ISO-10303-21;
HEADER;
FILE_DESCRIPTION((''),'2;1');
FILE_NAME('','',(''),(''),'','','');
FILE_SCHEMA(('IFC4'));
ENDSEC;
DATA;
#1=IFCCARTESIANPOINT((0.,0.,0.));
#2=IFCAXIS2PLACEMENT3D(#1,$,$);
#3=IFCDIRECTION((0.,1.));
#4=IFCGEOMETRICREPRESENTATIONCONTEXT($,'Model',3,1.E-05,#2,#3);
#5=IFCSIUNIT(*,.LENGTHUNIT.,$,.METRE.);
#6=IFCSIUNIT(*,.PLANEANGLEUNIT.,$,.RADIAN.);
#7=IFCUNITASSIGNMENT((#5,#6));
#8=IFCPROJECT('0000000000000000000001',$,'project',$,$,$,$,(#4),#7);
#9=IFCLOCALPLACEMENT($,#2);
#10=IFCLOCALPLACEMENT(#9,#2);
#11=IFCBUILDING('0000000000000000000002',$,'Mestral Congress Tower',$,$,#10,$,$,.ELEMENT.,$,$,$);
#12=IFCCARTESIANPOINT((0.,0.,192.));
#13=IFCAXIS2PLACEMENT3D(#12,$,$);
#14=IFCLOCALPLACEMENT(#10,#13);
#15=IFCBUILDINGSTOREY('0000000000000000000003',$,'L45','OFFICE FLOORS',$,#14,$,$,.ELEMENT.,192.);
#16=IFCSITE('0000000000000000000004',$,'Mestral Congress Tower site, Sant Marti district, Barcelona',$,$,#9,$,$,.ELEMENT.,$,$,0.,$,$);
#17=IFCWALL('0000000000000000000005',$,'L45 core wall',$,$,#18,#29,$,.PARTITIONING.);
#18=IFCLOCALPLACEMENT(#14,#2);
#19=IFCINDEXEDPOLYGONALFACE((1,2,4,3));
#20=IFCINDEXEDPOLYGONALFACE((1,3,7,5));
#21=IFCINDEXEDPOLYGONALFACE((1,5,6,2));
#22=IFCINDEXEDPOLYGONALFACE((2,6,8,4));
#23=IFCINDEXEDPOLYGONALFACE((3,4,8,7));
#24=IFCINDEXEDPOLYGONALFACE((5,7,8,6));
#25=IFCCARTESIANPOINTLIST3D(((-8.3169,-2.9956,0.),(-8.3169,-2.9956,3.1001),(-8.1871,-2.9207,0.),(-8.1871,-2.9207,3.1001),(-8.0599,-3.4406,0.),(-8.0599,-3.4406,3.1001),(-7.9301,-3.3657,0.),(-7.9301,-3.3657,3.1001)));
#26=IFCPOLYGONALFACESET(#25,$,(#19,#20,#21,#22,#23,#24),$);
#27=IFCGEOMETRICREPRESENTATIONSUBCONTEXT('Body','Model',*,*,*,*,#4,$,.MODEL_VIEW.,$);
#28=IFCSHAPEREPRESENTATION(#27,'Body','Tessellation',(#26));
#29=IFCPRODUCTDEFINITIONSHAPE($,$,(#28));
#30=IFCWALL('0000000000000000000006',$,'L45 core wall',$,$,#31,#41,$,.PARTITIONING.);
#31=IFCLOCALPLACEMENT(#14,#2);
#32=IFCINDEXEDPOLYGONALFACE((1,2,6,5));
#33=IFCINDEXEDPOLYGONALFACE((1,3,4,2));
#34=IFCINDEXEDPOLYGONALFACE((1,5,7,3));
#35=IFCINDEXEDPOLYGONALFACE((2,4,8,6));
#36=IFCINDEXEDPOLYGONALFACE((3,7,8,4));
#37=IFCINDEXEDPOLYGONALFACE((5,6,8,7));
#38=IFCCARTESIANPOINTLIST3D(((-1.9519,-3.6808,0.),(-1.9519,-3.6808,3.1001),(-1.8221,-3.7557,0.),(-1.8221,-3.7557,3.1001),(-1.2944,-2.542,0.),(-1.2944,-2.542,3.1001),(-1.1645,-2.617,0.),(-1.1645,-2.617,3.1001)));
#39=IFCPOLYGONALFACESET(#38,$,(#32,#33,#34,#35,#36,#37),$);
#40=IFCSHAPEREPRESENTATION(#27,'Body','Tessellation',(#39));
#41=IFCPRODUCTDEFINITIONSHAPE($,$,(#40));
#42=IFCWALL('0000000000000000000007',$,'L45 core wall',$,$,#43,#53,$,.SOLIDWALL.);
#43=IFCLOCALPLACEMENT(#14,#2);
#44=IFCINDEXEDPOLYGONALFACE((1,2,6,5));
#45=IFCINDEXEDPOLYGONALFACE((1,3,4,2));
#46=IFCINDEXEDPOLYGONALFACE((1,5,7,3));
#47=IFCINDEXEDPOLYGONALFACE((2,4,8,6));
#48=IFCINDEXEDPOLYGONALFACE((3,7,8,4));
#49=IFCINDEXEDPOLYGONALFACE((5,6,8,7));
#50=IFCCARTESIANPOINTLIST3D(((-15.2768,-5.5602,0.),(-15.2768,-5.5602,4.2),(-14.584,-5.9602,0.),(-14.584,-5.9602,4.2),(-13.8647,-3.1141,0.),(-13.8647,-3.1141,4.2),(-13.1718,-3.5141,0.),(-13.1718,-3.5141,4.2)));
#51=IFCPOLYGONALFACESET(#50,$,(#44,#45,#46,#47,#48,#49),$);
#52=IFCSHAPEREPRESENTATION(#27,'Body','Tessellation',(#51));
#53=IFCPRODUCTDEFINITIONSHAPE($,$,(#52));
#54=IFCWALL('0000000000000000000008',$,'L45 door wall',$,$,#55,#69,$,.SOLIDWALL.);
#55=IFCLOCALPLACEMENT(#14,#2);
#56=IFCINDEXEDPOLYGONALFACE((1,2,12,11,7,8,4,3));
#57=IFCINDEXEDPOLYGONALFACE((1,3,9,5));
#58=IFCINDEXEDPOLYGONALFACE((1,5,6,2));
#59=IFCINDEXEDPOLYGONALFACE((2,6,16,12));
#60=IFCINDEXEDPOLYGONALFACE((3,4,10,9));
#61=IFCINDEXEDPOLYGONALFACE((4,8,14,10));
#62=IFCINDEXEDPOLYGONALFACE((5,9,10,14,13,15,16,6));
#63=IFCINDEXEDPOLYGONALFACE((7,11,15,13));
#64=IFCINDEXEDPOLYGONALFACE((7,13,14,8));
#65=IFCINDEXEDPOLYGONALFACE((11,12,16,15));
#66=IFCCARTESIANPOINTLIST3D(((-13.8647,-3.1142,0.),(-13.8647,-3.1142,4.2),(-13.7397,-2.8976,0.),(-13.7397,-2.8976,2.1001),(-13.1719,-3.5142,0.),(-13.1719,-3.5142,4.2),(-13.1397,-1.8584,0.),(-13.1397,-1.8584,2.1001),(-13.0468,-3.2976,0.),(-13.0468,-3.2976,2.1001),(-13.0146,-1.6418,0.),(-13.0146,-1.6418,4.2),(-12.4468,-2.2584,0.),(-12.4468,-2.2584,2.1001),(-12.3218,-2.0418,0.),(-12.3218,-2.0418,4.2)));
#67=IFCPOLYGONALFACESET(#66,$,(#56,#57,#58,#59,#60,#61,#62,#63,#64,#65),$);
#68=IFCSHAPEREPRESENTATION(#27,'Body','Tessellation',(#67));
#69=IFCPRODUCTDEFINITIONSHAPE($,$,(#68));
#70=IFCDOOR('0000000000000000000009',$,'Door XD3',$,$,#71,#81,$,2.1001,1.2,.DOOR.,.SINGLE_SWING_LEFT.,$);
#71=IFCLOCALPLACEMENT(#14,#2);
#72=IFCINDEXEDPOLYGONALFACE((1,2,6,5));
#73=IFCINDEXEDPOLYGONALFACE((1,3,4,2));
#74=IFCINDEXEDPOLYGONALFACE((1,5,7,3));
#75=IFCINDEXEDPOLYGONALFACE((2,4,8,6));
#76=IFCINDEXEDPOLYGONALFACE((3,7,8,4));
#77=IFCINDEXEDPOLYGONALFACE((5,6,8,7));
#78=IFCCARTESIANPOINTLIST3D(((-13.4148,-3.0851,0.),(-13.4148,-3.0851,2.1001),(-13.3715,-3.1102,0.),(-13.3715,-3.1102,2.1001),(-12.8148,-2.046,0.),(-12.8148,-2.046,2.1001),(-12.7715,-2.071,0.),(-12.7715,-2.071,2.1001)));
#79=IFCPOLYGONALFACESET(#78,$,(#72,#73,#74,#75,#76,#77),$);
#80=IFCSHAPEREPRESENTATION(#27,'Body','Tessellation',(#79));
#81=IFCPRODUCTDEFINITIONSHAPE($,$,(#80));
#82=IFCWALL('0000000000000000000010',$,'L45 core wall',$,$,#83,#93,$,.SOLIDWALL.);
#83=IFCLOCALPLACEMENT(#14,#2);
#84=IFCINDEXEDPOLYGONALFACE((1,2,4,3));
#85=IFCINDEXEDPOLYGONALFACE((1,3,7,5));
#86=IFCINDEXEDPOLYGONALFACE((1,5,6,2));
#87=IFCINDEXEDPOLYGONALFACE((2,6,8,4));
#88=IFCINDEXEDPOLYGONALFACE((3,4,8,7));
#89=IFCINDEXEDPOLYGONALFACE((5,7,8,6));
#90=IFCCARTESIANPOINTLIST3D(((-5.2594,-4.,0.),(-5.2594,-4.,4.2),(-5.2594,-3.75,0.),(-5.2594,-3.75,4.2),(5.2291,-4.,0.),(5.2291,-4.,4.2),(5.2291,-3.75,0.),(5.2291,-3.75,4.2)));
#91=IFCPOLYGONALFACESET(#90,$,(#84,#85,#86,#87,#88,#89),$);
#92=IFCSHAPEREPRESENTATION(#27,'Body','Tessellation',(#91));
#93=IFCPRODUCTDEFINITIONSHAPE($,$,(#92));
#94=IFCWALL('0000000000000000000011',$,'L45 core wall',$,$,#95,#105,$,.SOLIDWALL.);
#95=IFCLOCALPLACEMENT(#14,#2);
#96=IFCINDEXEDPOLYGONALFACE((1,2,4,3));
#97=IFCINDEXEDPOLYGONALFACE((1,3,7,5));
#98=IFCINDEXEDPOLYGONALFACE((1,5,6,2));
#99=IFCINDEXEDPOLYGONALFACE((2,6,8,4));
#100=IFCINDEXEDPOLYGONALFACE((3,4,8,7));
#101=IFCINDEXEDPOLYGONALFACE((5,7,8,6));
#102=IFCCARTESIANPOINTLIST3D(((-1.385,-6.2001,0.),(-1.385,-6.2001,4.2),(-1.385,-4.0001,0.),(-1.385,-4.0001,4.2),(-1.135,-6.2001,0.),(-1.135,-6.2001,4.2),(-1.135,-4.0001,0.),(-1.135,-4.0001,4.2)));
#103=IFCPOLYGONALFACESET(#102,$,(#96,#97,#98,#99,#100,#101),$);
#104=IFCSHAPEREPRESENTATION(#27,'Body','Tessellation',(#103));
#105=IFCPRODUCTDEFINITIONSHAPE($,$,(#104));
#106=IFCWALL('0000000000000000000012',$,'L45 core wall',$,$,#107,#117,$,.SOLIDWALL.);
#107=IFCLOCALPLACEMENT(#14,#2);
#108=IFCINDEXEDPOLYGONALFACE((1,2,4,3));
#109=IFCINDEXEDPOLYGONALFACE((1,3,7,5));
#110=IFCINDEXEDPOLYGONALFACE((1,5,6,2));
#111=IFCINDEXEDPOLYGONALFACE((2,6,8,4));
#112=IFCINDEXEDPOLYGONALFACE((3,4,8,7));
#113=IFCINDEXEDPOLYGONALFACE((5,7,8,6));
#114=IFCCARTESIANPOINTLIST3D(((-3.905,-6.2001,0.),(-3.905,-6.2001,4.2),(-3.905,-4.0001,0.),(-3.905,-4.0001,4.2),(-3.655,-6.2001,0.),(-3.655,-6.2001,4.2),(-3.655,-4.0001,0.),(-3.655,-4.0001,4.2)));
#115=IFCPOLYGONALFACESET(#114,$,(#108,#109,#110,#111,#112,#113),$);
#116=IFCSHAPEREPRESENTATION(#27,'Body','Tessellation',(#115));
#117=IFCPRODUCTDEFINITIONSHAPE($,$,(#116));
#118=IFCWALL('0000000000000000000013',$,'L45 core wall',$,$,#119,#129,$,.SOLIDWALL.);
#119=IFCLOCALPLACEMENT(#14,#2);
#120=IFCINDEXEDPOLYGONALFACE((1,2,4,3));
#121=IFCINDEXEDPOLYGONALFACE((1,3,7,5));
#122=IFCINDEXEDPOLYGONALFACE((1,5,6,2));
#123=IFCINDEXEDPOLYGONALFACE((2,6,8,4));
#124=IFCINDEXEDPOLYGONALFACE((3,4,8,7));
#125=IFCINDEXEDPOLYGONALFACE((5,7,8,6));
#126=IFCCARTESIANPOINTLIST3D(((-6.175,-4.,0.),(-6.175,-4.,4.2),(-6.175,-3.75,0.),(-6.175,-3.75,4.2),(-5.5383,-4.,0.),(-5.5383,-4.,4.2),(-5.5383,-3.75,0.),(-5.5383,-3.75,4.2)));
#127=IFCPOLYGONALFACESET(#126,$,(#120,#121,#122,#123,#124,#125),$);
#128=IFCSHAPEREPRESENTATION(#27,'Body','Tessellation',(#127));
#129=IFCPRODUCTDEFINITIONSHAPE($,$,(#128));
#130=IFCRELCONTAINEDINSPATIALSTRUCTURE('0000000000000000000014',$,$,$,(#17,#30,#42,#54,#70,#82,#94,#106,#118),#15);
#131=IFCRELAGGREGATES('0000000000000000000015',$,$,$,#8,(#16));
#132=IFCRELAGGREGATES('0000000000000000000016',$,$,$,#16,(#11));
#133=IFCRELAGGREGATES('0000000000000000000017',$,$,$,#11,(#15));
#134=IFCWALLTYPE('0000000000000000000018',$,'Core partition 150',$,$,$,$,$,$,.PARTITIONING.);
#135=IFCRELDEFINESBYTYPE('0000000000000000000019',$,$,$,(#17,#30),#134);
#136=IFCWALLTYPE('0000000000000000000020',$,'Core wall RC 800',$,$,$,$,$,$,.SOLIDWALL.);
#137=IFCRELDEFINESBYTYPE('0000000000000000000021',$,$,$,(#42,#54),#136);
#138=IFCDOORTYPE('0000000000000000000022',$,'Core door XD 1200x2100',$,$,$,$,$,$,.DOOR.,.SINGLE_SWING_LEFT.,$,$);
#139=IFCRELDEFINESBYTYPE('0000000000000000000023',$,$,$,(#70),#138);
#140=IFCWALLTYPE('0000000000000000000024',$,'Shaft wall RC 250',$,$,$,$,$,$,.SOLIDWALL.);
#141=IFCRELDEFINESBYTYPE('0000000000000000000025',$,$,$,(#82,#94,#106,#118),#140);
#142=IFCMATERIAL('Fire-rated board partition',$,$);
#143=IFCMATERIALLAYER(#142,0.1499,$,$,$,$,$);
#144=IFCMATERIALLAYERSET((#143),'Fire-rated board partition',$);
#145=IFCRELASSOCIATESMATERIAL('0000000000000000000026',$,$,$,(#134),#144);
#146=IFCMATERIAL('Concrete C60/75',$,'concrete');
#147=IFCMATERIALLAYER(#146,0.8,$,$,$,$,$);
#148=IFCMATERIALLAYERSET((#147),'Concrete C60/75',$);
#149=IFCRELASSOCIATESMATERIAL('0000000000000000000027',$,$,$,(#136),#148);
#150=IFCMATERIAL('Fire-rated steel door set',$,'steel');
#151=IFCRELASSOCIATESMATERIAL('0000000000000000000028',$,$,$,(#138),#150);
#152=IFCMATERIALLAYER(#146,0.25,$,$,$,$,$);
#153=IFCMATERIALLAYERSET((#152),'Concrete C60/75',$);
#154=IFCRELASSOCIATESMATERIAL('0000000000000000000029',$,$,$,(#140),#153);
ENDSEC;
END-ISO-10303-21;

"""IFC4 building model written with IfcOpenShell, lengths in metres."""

from ifc_helpers import new_model, si_unit, direction, frame, frame_2d, origin, place, context, subcontext, project, spatial, rectangle, extrude, material, layer, layer_set, type_object, element, fill, save


model = new_model("IFC4")

# Units and contexts
model_context = context("Model", 3, precision=1e-05, world=origin(), true_north=direction((0.0, 1.0)))
body_context = subcontext(model_context, "Body", "Model", "MODEL_VIEW")
ifc_project = project(units=[si_unit("LENGTHUNIT", "METRE"), si_unit("PLANEANGLEUNIT", "RADIAN")], contexts=[model_context])

# Site, building, storey
site_placement = place(None, origin())
site = spatial("IfcSite", under=ifc_project, at=site_placement, Name="Mestral Congress Tower site, Sant Marti district, Barcelona", CompositionType="ELEMENT", RefElevation=0.0)
building_placement = place(site_placement, origin())
building = spatial("IfcBuilding", under=site, at=building_placement, Name="Mestral Congress Tower", CompositionType="ELEMENT")
storey_placement = place(building_placement, frame((0.0, 0.0, 192.0)))
storey = spatial("IfcBuildingStorey", under=building, at=storey_placement, Name="L45", Description="OFFICE FLOORS", CompositionType="ELEMENT", Elevation=192.0)

# Walls
ifc_material_1 = material(Name="Fire-rated board partition")
ifc_layer_1 = layer(ifc_material_1, 0.1499)
ifc_layer_set_1 = layer_set([ifc_layer_1], Name="Fire-rated board partition")
wall_type_1 = type_object("IfcWallType", Name="Core partition 150", PredefinedType="PARTITIONING", material=ifc_layer_set_1)
wall_1_placement = place(storey_placement, frame((-8.252, -2.9583, 0.0), z_axis=(0.0, 0.0, 1.0), x_axis=(0.500175, -0.865925, 0.0)))
element("IfcWall", 1, at=wall_1_placement, inside=storey, type_object=wall_type_1, Name="L45 core wall", PredefinedType="PARTITIONING", context=body_context, shape_type="SweptSolid", body=[
    extrude(rectangle(XDim=0.5139, YDim=0.1499, at=frame_2d((0.2568, 0.0))), origin(), (0.0, 0.0, 1.0), 3.1001),
])
wall_2_placement = place(storey_placement, frame((-1.887, -3.7183, 0.0), z_axis=(0.0, 0.0, 1.0), x_axis=(0.500033, 0.866006, 0.0)))
element("IfcWall", 2, at=wall_2_placement, inside=storey, type_object=wall_type_1, Name="L45 core wall", PredefinedType="PARTITIONING", context=body_context, shape_type="SweptSolid", body=[
    extrude(rectangle(XDim=1.3149, YDim=0.1499, at=frame_2d((0.6575, 0.0))), origin(), (0.0, 0.0, 1.0), 3.1001),
])
ifc_material_2 = material(Name="Concrete C60/75", Category="concrete")
ifc_layer_2 = layer(ifc_material_2, 0.8)
ifc_layer_set_2 = layer_set([ifc_layer_2], Name="Concrete C60/75")
wall_type_2 = type_object("IfcWallType", Name="Core wall RC 800", PredefinedType="SOLIDWALL", material=ifc_layer_set_2)
wall_3_placement = place(storey_placement, frame((-13.5183, -3.3142, 0.0), z_axis=(0.0, 0.0, 1.0), x_axis=(-0.499969, -0.866043, 0.0)))
element("IfcWall", 3, at=wall_3_placement, inside=storey, type_object=wall_type_2, Name="L45 core wall", PredefinedType="SOLIDWALL", context=body_context, shape_type="SweptSolid", body=[
    extrude(rectangle(XDim=2.8245, YDim=0.8, at=frame_2d((1.4121, 0.0))), origin(), (0.0, 0.0, 1.0), 4.2),
])

# Wall, opening, door
wall_4_placement = place(storey_placement, frame((-13.5183, -3.3142, 0.0), z_axis=(0.0, 0.0, 1.0), x_axis=(0.5, 0.866025, 0.0)))
wall_4 = element("IfcWall", 4, at=wall_4_placement, inside=storey, type_object=wall_type_2, Name="L45 door wall", PredefinedType="SOLIDWALL", context=body_context, shape_type="SweptSolid", body=[
    extrude(rectangle(XDim=1.7002, YDim=0.8, at=frame_2d((0.8501, 0.0))), origin(), (0.0, 0.0, 1.0), 4.2),
])
opening_1_placement = place(wall_4_placement, frame((0.25, 0.0, 0.0)))
opening_1 = element("IfcOpeningElement", 5, at=opening_1_placement, cuts=wall_4, PredefinedType="OPENING", context=body_context, shape_type="SweptSolid", body=[
    extrude(rectangle(XDim=1.2, YDim=2.1001, at=frame_2d((0.6001, 1.05))), frame((0.0, 0.4099, 0.0), z_axis=(0.0, -1.0, 0.0), x_axis=(1.0, 0.0, 0.0)), (0.0, 0.0, 1.0), 0.8201),
])
ifc_material_3 = material(Name="Fire-rated steel door set", Category="steel")
door_type_1 = type_object("IfcDoorType", Name="Core door XD 1200x2100", OperationType="SINGLE_SWING_LEFT", PredefinedType="DOOR", material=ifc_material_3)
door_1_placement = place(opening_1_placement, origin())
door_1 = element("IfcDoor", 6, at=door_1_placement, inside=storey, type_object=door_type_1, Name="Door XD3", OperationType="SINGLE_SWING_LEFT", OverallHeight=2.1001, OverallWidth=1.2, PredefinedType="DOOR", context=body_context, shape_type="SweptSolid", body=[
    extrude(rectangle(XDim=1.2, YDim=2.1001, at=frame_2d((0.6001, 1.05))), frame((0.0, 0.0249, 0.0), z_axis=(0.0, -1.0, 0.0), x_axis=(1.0, 0.0, 0.0)), (0.0, 0.0, 1.0), 0.05),
])
fill(opening_1, door_1)

# Walls
ifc_layer_3 = layer(ifc_material_2, 0.25)
ifc_layer_set_3 = layer_set([ifc_layer_3], Name="Concrete C60/75")
wall_type_3 = type_object("IfcWallType", Name="Shaft wall RC 250", PredefinedType="SOLIDWALL", material=ifc_layer_set_3)
wall_5_placement = place(storey_placement, frame((-5.2593, -3.875, 0.0), z_axis=(0.0, 0.0, 1.0), x_axis=(1.0, 0.0, 0.0)))
element("IfcWall", 7, at=wall_5_placement, inside=storey, type_object=wall_type_3, Name="L45 core wall", PredefinedType="SOLIDWALL", context=body_context, shape_type="SweptSolid", body=[
    extrude(rectangle(XDim=10.4885, YDim=0.25, at=frame_2d((5.2441, 0.0))), origin(), (0.0, 0.0, 1.0), 4.2),
])
for number, where, z_axis, x_axis, name in (
    (8, (-1.26, -4.0, 0.0), (0.0, 0.0, 1.0), (0.0, -1.0, 0.0), "L45 core wall"),
    (9, (-3.78, -4.0, 0.0), (0.0, 0.0, 1.0), (0.0, -1.0, 0.0), "L45 core wall"),
):
    element("IfcWall", number, at=place(storey_placement, frame(where, z_axis=z_axis, x_axis=x_axis)), inside=storey, type_object=wall_type_3, Name=name, PredefinedType="SOLIDWALL", context=body_context, shape_type="SweptSolid", body=[
        extrude(rectangle(XDim=2.2, YDim=0.25, at=frame_2d((1.1001, 0.0))), origin(), (0.0, 0.0, 1.0), 4.2),
    ])
wall_6_placement = place(storey_placement, frame((-6.175, -3.875, 0.0), z_axis=(0.0, 0.0, 1.0), x_axis=(1.0, 0.0, 0.0)))
element("IfcWall", 10, at=wall_6_placement, inside=storey, type_object=wall_type_3, Name="L45 core wall", PredefinedType="SOLIDWALL", context=body_context, shape_type="SweptSolid", body=[
    extrude(rectangle(XDim=0.6367, YDim=0.25, at=frame_2d((0.3184, 0.0))), origin(), (0.0, 0.0, 1.0), 4.2),
])

save(model, "model.ifc")
